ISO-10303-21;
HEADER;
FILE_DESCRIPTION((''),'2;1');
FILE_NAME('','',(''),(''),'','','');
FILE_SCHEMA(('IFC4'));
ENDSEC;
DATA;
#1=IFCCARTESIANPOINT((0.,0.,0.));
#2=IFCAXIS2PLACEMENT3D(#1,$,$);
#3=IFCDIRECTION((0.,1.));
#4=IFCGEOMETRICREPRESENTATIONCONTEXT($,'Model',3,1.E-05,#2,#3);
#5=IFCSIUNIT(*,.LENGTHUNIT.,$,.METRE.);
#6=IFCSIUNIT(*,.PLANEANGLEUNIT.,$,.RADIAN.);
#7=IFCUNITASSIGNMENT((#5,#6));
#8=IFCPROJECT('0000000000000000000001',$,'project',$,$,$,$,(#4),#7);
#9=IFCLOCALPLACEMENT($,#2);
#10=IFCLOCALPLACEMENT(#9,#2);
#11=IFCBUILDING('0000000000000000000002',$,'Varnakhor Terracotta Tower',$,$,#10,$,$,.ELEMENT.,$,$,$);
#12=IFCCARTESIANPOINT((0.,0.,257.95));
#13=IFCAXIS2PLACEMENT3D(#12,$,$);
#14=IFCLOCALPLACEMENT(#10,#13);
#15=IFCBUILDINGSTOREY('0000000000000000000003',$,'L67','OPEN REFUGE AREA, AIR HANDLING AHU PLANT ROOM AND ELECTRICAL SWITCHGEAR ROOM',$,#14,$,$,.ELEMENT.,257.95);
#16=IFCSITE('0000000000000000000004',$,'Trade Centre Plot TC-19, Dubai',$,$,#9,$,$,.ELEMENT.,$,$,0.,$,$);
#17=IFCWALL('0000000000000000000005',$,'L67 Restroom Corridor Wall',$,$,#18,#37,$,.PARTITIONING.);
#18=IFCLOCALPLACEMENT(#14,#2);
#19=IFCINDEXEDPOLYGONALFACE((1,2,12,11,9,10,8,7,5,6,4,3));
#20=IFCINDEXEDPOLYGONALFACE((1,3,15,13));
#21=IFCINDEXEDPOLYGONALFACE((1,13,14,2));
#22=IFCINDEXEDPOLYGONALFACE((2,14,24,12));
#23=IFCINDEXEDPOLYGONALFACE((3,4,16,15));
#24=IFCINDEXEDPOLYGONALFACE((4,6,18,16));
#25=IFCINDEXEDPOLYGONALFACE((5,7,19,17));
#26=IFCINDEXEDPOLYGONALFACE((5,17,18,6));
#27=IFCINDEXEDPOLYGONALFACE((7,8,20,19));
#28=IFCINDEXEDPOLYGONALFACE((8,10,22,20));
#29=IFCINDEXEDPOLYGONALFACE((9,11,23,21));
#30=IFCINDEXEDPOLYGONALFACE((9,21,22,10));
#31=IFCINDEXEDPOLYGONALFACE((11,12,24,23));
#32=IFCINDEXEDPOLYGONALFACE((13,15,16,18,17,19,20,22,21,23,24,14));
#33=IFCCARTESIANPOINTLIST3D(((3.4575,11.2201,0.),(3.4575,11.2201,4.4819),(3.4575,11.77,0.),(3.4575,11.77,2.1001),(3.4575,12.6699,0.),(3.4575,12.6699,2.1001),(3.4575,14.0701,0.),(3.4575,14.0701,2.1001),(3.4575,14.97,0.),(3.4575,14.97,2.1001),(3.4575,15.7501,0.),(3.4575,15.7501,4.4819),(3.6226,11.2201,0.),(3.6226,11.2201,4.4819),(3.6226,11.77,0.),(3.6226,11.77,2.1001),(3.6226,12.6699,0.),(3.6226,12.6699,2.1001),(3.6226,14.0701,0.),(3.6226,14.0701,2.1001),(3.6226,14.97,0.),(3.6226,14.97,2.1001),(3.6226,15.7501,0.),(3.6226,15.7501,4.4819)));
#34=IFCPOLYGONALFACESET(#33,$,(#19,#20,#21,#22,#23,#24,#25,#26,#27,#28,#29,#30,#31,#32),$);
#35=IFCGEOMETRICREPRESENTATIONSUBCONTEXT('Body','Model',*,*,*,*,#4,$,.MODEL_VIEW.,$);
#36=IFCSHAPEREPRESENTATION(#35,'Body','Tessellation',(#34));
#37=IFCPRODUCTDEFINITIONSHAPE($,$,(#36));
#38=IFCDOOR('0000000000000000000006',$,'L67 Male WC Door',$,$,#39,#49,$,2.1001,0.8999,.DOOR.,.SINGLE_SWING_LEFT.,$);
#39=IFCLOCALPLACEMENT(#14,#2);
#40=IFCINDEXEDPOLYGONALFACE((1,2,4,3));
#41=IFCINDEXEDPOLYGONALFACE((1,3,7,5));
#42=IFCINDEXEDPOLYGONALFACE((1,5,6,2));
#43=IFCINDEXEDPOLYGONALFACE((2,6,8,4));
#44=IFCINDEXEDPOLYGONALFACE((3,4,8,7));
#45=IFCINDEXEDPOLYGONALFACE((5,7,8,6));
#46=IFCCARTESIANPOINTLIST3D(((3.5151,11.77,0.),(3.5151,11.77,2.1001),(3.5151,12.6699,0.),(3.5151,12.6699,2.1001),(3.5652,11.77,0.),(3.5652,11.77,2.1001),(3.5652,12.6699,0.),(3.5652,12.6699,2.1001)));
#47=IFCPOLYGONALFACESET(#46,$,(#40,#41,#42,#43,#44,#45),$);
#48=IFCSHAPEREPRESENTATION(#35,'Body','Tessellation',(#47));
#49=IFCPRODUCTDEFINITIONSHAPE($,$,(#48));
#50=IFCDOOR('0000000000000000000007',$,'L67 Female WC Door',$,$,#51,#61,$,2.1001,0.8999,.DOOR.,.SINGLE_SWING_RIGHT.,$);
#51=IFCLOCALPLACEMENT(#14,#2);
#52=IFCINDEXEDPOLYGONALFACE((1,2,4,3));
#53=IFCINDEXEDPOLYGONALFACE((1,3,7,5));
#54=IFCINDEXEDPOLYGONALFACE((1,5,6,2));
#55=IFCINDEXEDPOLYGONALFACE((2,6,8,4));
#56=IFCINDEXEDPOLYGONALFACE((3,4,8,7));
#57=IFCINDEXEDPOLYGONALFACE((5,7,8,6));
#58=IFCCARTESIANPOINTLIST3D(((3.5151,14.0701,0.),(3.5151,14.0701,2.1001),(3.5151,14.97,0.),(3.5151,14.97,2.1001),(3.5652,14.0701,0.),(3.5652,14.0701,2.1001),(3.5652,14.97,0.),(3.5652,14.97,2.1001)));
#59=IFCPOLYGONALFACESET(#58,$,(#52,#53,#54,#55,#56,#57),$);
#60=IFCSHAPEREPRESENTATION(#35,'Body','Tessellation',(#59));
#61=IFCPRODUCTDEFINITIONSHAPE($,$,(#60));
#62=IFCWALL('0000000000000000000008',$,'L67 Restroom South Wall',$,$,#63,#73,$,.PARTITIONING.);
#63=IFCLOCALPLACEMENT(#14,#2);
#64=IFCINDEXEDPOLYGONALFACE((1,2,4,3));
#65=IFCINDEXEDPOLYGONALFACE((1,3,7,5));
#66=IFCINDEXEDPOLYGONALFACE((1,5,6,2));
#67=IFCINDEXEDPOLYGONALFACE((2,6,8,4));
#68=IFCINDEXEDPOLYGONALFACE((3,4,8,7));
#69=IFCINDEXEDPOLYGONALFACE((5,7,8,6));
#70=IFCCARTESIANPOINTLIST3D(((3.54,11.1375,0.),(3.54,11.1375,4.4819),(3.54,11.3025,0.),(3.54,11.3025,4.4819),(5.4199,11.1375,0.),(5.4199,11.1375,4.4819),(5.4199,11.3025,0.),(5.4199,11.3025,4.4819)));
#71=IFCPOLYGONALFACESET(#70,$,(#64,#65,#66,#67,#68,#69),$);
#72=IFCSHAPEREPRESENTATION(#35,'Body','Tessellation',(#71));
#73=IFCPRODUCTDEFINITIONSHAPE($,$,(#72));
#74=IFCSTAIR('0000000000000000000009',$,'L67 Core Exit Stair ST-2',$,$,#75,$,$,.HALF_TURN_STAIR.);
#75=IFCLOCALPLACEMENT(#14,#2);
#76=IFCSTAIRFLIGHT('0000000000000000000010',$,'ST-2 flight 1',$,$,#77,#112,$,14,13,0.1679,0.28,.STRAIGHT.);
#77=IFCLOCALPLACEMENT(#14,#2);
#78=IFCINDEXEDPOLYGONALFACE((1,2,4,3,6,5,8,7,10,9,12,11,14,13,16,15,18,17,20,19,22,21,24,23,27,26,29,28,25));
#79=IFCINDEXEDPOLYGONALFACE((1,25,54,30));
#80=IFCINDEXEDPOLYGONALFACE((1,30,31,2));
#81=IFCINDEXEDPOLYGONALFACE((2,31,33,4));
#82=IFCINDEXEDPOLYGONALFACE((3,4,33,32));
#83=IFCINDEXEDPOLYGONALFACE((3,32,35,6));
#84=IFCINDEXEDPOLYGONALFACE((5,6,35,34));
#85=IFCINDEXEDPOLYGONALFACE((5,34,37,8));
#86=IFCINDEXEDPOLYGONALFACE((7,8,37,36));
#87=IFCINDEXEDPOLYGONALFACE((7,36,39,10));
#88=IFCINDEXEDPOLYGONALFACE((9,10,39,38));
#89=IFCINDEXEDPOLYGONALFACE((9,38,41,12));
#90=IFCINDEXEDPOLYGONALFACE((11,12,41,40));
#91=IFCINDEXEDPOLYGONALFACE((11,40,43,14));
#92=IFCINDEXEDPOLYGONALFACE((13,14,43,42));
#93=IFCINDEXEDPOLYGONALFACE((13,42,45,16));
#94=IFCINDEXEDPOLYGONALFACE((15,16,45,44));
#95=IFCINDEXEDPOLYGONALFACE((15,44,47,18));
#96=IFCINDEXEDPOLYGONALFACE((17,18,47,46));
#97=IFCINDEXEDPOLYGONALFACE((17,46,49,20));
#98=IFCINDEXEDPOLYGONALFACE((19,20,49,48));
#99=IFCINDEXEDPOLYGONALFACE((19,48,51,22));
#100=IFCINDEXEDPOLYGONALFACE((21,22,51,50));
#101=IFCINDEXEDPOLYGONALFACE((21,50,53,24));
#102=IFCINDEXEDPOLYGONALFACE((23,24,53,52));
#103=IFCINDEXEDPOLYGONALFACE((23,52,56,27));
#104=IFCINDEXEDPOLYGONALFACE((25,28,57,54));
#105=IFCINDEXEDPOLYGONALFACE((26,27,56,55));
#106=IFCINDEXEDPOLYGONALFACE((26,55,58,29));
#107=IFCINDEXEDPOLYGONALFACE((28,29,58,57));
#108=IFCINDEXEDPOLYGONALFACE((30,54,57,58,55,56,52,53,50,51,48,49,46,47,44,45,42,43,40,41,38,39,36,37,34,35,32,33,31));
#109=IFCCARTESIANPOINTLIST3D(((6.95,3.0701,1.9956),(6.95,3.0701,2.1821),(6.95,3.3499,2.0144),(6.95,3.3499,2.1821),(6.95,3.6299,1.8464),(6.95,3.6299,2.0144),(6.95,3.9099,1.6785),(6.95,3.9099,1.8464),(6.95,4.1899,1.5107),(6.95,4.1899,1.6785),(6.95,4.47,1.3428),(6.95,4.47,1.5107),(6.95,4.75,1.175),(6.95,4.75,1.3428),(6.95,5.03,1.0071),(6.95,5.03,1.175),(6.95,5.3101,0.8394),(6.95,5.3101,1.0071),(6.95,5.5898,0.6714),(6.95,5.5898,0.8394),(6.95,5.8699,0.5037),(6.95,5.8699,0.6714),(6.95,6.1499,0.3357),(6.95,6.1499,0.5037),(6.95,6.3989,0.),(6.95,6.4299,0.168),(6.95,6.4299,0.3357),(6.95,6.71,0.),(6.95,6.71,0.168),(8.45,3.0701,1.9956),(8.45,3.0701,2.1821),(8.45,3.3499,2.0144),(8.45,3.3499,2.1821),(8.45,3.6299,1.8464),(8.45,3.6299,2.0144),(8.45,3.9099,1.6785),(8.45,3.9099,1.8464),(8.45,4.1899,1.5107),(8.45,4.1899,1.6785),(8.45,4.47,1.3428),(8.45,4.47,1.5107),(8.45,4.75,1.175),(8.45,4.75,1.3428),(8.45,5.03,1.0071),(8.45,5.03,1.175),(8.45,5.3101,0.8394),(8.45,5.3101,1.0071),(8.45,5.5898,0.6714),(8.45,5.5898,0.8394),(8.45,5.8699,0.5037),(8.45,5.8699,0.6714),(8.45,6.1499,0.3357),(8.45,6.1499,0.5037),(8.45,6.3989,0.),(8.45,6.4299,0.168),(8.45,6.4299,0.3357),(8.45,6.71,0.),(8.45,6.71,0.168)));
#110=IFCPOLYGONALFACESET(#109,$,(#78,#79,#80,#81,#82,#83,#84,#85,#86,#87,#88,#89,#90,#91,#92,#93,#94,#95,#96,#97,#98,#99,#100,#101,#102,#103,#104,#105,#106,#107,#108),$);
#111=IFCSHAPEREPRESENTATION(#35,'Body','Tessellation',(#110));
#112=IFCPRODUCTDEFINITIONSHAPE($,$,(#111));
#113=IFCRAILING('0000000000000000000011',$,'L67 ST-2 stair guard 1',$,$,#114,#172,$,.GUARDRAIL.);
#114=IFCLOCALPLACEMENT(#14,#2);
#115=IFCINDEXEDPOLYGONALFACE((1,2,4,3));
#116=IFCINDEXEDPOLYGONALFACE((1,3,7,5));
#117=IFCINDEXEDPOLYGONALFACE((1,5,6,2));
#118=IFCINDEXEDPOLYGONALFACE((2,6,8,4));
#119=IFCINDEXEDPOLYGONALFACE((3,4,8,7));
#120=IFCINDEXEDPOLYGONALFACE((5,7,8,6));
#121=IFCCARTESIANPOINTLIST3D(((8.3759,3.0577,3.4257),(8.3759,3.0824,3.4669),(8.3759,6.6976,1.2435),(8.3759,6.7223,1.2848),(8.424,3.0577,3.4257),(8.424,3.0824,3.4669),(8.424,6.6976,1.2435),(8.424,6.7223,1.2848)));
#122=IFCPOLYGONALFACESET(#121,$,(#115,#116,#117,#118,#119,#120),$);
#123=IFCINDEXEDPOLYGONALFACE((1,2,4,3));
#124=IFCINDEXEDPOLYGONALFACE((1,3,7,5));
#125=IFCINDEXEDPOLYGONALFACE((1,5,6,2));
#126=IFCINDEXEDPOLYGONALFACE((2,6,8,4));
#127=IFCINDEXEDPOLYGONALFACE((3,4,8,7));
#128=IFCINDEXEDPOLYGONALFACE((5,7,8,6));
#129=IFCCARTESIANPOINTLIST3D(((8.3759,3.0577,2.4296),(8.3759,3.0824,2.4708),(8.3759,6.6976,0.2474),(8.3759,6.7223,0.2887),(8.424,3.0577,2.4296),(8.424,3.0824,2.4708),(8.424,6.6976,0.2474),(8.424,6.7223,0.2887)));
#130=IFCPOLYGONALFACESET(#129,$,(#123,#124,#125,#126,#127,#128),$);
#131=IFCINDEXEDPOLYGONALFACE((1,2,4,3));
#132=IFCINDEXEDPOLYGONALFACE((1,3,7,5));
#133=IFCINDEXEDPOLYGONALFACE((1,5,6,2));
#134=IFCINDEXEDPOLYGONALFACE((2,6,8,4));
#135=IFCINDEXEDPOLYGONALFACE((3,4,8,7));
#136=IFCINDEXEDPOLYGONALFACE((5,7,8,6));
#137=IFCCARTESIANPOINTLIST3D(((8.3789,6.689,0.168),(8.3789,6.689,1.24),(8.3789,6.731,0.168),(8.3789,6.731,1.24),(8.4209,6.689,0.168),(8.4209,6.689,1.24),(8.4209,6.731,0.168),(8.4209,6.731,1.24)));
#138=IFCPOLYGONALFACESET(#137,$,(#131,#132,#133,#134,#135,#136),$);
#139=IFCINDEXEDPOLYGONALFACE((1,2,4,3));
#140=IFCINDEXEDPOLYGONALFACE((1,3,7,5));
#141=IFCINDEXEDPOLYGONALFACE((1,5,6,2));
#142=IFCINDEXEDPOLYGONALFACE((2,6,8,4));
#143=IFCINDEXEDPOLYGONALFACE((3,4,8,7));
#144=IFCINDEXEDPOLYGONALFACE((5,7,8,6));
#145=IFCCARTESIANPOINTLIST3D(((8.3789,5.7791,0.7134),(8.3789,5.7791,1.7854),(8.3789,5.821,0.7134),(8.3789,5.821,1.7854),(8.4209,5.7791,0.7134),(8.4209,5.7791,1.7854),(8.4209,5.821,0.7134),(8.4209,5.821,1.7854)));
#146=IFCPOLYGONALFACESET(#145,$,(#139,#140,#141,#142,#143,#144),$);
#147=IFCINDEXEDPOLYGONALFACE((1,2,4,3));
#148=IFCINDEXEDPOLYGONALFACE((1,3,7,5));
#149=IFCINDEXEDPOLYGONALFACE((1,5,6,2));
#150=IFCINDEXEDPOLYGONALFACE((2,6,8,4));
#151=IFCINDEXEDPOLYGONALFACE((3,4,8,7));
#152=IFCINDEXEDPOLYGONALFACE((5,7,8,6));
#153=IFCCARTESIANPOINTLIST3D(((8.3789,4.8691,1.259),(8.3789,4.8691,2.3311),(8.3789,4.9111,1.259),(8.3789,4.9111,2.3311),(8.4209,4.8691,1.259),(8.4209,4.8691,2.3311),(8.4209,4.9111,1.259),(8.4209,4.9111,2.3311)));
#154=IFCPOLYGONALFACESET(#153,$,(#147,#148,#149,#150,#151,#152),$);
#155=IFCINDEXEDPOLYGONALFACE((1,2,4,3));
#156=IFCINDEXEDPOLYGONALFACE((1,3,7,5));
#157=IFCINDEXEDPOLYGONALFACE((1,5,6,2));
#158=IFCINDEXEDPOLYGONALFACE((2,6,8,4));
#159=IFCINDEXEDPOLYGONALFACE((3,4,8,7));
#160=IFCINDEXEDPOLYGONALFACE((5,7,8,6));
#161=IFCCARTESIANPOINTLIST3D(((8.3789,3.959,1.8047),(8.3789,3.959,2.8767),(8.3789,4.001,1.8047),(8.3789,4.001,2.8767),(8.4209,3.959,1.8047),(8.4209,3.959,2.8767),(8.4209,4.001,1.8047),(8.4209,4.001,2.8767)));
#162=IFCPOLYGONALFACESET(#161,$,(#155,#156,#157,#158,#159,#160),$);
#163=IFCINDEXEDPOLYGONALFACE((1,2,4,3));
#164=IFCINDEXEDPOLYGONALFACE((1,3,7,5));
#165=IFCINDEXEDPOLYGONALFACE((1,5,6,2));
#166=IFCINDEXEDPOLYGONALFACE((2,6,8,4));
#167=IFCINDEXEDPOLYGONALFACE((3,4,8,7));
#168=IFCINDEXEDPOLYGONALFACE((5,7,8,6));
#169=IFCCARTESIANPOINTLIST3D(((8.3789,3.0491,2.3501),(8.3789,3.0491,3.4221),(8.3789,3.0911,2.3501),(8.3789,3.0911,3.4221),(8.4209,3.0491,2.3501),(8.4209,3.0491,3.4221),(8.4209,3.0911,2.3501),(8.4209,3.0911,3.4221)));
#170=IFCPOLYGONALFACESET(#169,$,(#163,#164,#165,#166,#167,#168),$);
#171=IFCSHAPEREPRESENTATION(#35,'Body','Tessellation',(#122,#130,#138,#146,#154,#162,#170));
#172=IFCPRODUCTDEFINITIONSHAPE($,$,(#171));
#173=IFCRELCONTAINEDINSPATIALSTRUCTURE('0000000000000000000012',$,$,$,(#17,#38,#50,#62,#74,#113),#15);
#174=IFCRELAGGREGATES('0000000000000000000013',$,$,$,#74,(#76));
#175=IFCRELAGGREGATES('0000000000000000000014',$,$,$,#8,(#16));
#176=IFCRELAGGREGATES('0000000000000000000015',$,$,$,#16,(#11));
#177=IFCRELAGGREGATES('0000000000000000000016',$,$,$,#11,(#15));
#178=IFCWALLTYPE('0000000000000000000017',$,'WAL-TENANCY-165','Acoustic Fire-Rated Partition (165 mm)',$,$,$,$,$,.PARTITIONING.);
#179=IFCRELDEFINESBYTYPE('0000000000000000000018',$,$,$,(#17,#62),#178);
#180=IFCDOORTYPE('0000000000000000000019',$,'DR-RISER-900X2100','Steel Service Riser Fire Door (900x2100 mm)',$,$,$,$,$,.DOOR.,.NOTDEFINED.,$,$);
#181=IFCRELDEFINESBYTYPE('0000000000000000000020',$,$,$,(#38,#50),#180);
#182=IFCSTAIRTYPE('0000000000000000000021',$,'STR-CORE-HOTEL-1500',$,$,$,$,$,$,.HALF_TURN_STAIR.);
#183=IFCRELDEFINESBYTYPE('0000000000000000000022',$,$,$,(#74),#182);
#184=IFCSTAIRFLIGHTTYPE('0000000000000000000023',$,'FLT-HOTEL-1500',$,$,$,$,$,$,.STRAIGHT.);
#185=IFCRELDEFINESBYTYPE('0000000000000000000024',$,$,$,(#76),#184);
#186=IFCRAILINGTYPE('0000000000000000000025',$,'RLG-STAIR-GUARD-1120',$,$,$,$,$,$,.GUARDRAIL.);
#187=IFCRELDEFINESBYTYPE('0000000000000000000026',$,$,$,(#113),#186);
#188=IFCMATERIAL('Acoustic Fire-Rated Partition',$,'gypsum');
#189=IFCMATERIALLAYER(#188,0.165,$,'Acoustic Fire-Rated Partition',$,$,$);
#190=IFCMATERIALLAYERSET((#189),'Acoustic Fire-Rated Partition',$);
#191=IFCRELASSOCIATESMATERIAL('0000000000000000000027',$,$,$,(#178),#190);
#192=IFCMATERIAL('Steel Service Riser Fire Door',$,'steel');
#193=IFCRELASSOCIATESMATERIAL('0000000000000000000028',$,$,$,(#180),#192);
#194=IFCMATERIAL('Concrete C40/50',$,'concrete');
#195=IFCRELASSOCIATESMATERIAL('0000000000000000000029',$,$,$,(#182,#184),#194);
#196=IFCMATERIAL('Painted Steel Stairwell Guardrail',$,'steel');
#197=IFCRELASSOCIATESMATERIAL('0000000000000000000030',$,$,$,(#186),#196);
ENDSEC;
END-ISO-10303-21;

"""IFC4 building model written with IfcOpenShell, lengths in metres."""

from ifc_helpers import new_model, si_unit, direction, frame, frame_2d, origin, origin_2d, place, context, subcontext, project, spatial, polyline, rectangle, outline, extrude, source, transform, mapped, material, layer, layer_set, type_object, type_shapes, element, fill, aggregate, save


model = new_model("IFC4")

# Units and contexts
model_context = context("Model", 3, precision=1e-05, world=origin(), true_north=direction((0.0, 1.0)))
body_context = subcontext(model_context, "Body", "Model", "MODEL_VIEW")
ifc_project = project(units=[si_unit("LENGTHUNIT", "METRE"), si_unit("PLANEANGLEUNIT", "RADIAN")], contexts=[model_context])

# Site, building, storey
site_placement = place(None, origin())
site = spatial("IfcSite", under=ifc_project, at=site_placement, Name="Trade Centre Plot TC-19, Dubai", CompositionType="ELEMENT", RefElevation=0.0)
building_placement = place(site_placement, origin())
building = spatial("IfcBuilding", under=site, at=building_placement, Name="Varnakhor Terracotta Tower", CompositionType="ELEMENT")
storey_placement = place(building_placement, frame((0.0, 0.0, 257.95)))
storey = spatial("IfcBuildingStorey", under=building, at=storey_placement, Name="L67", Description="OPEN REFUGE AREA, AIR HANDLING AHU PLANT ROOM AND ELECTRICAL SWITCHGEAR ROOM", CompositionType="ELEMENT", Elevation=257.95)

# Shared definitions
ifc_material_1 = material(Name="Concrete C40/50", Category="concrete")

# Shared definitions
ifc_material_2 = material(Name="Acoustic Fire-Rated Partition", Category="gypsum")
ifc_layer_1 = layer(ifc_material_2, 0.165, Name="Acoustic Fire-Rated Partition")
ifc_layer_set_1 = layer_set([ifc_layer_1], Name="Acoustic Fire-Rated Partition")
wall_type_1 = type_object("IfcWallType", Name="WAL-TENANCY-165", Description="Acoustic Fire-Rated Partition (165 mm)", PredefinedType="PARTITIONING", material=ifc_layer_set_1)

# Wall, openings, doors
wall_1_placement = place(storey_placement, frame((3.54, 11.22, 0.0), z_axis=(0.0, 0.0, 1.0), x_axis=(0.0, 1.0, 0.0)))
wall_1 = element("IfcWall", 1, at=wall_1_placement, inside=storey, type_object=wall_type_1, Name="L67 Restroom Corridor Wall", PredefinedType="PARTITIONING", context=body_context, shape_type="SweptSolid", body=[
    extrude(rectangle(XDim=4.53, YDim=0.165, at=frame_2d((2.2651, 0.0))), origin(), (0.0, 0.0, 1.0), 4.4819),
])
opening_1_placement = place(wall_1_placement, frame((0.55, 0.0, 0.0)))
opening_1 = element("IfcOpeningElement", 2, at=opening_1_placement, cuts=wall_1, PredefinedType="OPENING", context=body_context, shape_type="SweptSolid", body=[
    extrude(rectangle(XDim=0.8999, YDim=2.1001, at=frame_2d((0.45, 1.05))), frame((0.0, 0.0925, 0.0), z_axis=(0.0, -1.0, 0.0), x_axis=(1.0, 0.0, 0.0)), (0.0, 0.0, 1.0), 0.1851),
])
opening_2_placement = place(wall_1_placement, frame((2.8501, 0.0, 0.0)))
opening_2 = element("IfcOpeningElement", 3, at=opening_2_placement, cuts=wall_1, PredefinedType="OPENING", context=body_context, shape_type="SweptSolid", body=[
    extrude(rectangle(XDim=0.8999, YDim=2.1001, at=frame_2d((0.45, 1.05))), frame((0.0, 0.0925, 0.0), z_axis=(0.0, -1.0, 0.0), x_axis=(1.0, 0.0, 0.0)), (0.0, 0.0, 1.0), 0.1851),
])
ifc_material_3 = material(Name="Steel Service Riser Fire Door", Category="steel")
door_type_1 = type_object("IfcDoorType", Name="DR-RISER-900X2100", Description="Steel Service Riser Fire Door (900x2100 mm)", OperationType="NOTDEFINED", PredefinedType="DOOR", material=ifc_material_3)
shared_shape_1 = source(origin(), body_context, "Body", "SweptSolid", [
    extrude(rectangle(XDim=0.8999, YDim=2.1001, at=frame_2d((0.45, 1.05))), frame((0.0, 0.0249, 0.0), z_axis=(0.0, -1.0, 0.0), x_axis=(1.0, 0.0, 0.0)), (0.0, 0.0, 1.0), 0.05),
])
type_shapes(door_type_1, [shared_shape_1])
door_1_placement = place(opening_1_placement, origin())
door_1 = element("IfcDoor", 4, at=door_1_placement, inside=storey, type_object=door_type_1, Name="L67 Male WC Door", OperationType="SINGLE_SWING_LEFT", OverallHeight=2.1001, OverallWidth=0.8999, PredefinedType="DOOR", context=body_context, shape_type="MappedRepresentation", body=[
    mapped(shared_shape_1, transform((0.0, 0.0, 0.0), scale=1.0)),
])
fill(opening_1, door_1)
door_2_placement = place(opening_2_placement, origin())
door_2 = element("IfcDoor", 5, at=door_2_placement, inside=storey, type_object=door_type_1, Name="L67 Female WC Door", OperationType="SINGLE_SWING_RIGHT", OverallHeight=2.1001, OverallWidth=0.8999, PredefinedType="DOOR", context=body_context, shape_type="MappedRepresentation", body=[
    mapped(shared_shape_1, transform((0.0, 0.0, 0.0), scale=1.0)),
])
fill(opening_2, door_2)

# Wall
wall_2_placement = place(storey_placement, frame((3.54, 11.22, 0.0), z_axis=(0.0, 0.0, 1.0), x_axis=(1.0, 0.0, 0.0)))
element("IfcWall", 6, at=wall_2_placement, inside=storey, type_object=wall_type_1, Name="L67 Restroom South Wall", PredefinedType="PARTITIONING", context=body_context, shape_type="SweptSolid", body=[
    extrude(rectangle(XDim=1.8799, YDim=0.165, at=frame_2d((0.9399, 0.0))), origin(), (0.0, 0.0, 1.0), 4.4819),
])

# Stair, stair flight
stair_type = type_object("IfcStairType", Name="STR-CORE-HOTEL-1500", PredefinedType="HALF_TURN_STAIR", material=ifc_material_1)
stair_placement = place(storey_placement, origin())
stair = element("IfcStair", 7, at=stair_placement, inside=storey, type_object=stair_type, Name="L67 Core Exit Stair ST-2", PredefinedType="HALF_TURN_STAIR")
stair_flight_type = type_object("IfcStairFlightType", Name="FLT-HOTEL-1500", PredefinedType="STRAIGHT", material=ifc_material_1)
stair_flight_placement = place(storey_placement, frame((7.7, 6.71, 0.0), z_axis=(0.0, 0.0, 1.0), x_axis=(0.0, -1.0, 0.0)))
stair_flight = element("IfcStairFlight", 8, at=stair_flight_placement, type_object=stair_flight_type, Name="ST-2 flight 1", NumberOfRisers=14, NumberOfTreads=13, PredefinedType="STRAIGHT", RiserHeight=0.1679, TreadLength=0.28, context=body_context, shape_type="SweptSolid", body=[
    extrude(outline(polyline([(0.0, 0.0), (0.0, 0.168), (0.28, 0.168), (0.28, 0.3357), (0.5601, 0.3357), (0.5601, 0.5037), (0.8401, 0.5037), (0.8401, 0.6714), (1.1201, 0.6714), (1.1201, 0.8394), (1.3999, 0.8394), (1.3999, 1.0071), (1.6799, 1.0071), (1.6799, 1.175), (1.96, 1.175), (1.96, 1.3428), (2.24, 1.3428), (2.24, 1.5107), (2.52, 1.5107), (2.52, 1.6785), (2.8, 1.6785), (2.8, 1.8464), (3.0801, 1.8464), (3.0801, 2.0144), (3.3601, 2.0144), (3.3601, 2.1821), (3.6399, 2.1821), (3.6399, 2.3501), (3.6399, 1.9956), (0.311, 0.0), (0.0, 0.0)])), frame((0.0, 0.75, 0.0), z_axis=(0.0, -1.0, 0.0), x_axis=(1.0, 0.0, 0.0)), (0.0, 0.0, 1.0), 1.5),
])
aggregate(stair, [stair_flight])

# Railing
ifc_material_4 = material(Name="Painted Steel Stairwell Guardrail", Category="steel")
railing_type_1 = type_object("IfcRailingType", Name="RLG-STAIR-GUARD-1120", PredefinedType="GUARDRAIL", material=ifc_material_4)
railing_1_placement = place(storey_placement, frame((8.3999, 6.71, 0.168)))
element("IfcRailing", 9, at=railing_1_placement, inside=storey, type_object=railing_type_1, Name="L67 ST-2 stair guard 1", PredefinedType="GUARDRAIL", context=body_context, shape_type="SweptSolid", body=[
    extrude(rectangle(XDim=0.0481, YDim=0.0481, at=origin_2d()), frame((0.0, 0.0, 1.0962), z_axis=(0.0, -0.857681, 0.514183), x_axis=(1.0, 0.0, 0.0)), (0.0, 0.0, 1.0), 4.2439),
    extrude(rectangle(XDim=0.0481, YDim=0.0481, at=origin_2d()), frame((0.0, 0.0, 0.1001), z_axis=(0.0, -0.857681, 0.514183), x_axis=(1.0, 0.0, 0.0)), (0.0, 0.0, 1.0), 4.2439),
    extrude(rectangle(XDim=0.042, YDim=0.042, at=origin_2d()), origin(), (0.0, 0.0, 1.0), 1.072),
    extrude(rectangle(XDim=0.042, YDim=0.042, at=origin_2d()), frame((0.0, -0.9099, 0.5454)), (0.0, 0.0, 1.0), 1.072),
    extrude(rectangle(XDim=0.042, YDim=0.042, at=origin_2d()), frame((0.0, -1.8198, 1.0911)), (0.0, 0.0, 1.0), 1.072),
    extrude(rectangle(XDim=0.042, YDim=0.042, at=origin_2d()), frame((0.0, -2.73, 1.6367)), (0.0, 0.0, 1.0), 1.072),
    extrude(rectangle(XDim=0.042, YDim=0.042, at=origin_2d()), frame((0.0, -3.6399, 2.1821)), (0.0, 0.0, 1.0), 1.072),
])

save(model, "model.ifc")
